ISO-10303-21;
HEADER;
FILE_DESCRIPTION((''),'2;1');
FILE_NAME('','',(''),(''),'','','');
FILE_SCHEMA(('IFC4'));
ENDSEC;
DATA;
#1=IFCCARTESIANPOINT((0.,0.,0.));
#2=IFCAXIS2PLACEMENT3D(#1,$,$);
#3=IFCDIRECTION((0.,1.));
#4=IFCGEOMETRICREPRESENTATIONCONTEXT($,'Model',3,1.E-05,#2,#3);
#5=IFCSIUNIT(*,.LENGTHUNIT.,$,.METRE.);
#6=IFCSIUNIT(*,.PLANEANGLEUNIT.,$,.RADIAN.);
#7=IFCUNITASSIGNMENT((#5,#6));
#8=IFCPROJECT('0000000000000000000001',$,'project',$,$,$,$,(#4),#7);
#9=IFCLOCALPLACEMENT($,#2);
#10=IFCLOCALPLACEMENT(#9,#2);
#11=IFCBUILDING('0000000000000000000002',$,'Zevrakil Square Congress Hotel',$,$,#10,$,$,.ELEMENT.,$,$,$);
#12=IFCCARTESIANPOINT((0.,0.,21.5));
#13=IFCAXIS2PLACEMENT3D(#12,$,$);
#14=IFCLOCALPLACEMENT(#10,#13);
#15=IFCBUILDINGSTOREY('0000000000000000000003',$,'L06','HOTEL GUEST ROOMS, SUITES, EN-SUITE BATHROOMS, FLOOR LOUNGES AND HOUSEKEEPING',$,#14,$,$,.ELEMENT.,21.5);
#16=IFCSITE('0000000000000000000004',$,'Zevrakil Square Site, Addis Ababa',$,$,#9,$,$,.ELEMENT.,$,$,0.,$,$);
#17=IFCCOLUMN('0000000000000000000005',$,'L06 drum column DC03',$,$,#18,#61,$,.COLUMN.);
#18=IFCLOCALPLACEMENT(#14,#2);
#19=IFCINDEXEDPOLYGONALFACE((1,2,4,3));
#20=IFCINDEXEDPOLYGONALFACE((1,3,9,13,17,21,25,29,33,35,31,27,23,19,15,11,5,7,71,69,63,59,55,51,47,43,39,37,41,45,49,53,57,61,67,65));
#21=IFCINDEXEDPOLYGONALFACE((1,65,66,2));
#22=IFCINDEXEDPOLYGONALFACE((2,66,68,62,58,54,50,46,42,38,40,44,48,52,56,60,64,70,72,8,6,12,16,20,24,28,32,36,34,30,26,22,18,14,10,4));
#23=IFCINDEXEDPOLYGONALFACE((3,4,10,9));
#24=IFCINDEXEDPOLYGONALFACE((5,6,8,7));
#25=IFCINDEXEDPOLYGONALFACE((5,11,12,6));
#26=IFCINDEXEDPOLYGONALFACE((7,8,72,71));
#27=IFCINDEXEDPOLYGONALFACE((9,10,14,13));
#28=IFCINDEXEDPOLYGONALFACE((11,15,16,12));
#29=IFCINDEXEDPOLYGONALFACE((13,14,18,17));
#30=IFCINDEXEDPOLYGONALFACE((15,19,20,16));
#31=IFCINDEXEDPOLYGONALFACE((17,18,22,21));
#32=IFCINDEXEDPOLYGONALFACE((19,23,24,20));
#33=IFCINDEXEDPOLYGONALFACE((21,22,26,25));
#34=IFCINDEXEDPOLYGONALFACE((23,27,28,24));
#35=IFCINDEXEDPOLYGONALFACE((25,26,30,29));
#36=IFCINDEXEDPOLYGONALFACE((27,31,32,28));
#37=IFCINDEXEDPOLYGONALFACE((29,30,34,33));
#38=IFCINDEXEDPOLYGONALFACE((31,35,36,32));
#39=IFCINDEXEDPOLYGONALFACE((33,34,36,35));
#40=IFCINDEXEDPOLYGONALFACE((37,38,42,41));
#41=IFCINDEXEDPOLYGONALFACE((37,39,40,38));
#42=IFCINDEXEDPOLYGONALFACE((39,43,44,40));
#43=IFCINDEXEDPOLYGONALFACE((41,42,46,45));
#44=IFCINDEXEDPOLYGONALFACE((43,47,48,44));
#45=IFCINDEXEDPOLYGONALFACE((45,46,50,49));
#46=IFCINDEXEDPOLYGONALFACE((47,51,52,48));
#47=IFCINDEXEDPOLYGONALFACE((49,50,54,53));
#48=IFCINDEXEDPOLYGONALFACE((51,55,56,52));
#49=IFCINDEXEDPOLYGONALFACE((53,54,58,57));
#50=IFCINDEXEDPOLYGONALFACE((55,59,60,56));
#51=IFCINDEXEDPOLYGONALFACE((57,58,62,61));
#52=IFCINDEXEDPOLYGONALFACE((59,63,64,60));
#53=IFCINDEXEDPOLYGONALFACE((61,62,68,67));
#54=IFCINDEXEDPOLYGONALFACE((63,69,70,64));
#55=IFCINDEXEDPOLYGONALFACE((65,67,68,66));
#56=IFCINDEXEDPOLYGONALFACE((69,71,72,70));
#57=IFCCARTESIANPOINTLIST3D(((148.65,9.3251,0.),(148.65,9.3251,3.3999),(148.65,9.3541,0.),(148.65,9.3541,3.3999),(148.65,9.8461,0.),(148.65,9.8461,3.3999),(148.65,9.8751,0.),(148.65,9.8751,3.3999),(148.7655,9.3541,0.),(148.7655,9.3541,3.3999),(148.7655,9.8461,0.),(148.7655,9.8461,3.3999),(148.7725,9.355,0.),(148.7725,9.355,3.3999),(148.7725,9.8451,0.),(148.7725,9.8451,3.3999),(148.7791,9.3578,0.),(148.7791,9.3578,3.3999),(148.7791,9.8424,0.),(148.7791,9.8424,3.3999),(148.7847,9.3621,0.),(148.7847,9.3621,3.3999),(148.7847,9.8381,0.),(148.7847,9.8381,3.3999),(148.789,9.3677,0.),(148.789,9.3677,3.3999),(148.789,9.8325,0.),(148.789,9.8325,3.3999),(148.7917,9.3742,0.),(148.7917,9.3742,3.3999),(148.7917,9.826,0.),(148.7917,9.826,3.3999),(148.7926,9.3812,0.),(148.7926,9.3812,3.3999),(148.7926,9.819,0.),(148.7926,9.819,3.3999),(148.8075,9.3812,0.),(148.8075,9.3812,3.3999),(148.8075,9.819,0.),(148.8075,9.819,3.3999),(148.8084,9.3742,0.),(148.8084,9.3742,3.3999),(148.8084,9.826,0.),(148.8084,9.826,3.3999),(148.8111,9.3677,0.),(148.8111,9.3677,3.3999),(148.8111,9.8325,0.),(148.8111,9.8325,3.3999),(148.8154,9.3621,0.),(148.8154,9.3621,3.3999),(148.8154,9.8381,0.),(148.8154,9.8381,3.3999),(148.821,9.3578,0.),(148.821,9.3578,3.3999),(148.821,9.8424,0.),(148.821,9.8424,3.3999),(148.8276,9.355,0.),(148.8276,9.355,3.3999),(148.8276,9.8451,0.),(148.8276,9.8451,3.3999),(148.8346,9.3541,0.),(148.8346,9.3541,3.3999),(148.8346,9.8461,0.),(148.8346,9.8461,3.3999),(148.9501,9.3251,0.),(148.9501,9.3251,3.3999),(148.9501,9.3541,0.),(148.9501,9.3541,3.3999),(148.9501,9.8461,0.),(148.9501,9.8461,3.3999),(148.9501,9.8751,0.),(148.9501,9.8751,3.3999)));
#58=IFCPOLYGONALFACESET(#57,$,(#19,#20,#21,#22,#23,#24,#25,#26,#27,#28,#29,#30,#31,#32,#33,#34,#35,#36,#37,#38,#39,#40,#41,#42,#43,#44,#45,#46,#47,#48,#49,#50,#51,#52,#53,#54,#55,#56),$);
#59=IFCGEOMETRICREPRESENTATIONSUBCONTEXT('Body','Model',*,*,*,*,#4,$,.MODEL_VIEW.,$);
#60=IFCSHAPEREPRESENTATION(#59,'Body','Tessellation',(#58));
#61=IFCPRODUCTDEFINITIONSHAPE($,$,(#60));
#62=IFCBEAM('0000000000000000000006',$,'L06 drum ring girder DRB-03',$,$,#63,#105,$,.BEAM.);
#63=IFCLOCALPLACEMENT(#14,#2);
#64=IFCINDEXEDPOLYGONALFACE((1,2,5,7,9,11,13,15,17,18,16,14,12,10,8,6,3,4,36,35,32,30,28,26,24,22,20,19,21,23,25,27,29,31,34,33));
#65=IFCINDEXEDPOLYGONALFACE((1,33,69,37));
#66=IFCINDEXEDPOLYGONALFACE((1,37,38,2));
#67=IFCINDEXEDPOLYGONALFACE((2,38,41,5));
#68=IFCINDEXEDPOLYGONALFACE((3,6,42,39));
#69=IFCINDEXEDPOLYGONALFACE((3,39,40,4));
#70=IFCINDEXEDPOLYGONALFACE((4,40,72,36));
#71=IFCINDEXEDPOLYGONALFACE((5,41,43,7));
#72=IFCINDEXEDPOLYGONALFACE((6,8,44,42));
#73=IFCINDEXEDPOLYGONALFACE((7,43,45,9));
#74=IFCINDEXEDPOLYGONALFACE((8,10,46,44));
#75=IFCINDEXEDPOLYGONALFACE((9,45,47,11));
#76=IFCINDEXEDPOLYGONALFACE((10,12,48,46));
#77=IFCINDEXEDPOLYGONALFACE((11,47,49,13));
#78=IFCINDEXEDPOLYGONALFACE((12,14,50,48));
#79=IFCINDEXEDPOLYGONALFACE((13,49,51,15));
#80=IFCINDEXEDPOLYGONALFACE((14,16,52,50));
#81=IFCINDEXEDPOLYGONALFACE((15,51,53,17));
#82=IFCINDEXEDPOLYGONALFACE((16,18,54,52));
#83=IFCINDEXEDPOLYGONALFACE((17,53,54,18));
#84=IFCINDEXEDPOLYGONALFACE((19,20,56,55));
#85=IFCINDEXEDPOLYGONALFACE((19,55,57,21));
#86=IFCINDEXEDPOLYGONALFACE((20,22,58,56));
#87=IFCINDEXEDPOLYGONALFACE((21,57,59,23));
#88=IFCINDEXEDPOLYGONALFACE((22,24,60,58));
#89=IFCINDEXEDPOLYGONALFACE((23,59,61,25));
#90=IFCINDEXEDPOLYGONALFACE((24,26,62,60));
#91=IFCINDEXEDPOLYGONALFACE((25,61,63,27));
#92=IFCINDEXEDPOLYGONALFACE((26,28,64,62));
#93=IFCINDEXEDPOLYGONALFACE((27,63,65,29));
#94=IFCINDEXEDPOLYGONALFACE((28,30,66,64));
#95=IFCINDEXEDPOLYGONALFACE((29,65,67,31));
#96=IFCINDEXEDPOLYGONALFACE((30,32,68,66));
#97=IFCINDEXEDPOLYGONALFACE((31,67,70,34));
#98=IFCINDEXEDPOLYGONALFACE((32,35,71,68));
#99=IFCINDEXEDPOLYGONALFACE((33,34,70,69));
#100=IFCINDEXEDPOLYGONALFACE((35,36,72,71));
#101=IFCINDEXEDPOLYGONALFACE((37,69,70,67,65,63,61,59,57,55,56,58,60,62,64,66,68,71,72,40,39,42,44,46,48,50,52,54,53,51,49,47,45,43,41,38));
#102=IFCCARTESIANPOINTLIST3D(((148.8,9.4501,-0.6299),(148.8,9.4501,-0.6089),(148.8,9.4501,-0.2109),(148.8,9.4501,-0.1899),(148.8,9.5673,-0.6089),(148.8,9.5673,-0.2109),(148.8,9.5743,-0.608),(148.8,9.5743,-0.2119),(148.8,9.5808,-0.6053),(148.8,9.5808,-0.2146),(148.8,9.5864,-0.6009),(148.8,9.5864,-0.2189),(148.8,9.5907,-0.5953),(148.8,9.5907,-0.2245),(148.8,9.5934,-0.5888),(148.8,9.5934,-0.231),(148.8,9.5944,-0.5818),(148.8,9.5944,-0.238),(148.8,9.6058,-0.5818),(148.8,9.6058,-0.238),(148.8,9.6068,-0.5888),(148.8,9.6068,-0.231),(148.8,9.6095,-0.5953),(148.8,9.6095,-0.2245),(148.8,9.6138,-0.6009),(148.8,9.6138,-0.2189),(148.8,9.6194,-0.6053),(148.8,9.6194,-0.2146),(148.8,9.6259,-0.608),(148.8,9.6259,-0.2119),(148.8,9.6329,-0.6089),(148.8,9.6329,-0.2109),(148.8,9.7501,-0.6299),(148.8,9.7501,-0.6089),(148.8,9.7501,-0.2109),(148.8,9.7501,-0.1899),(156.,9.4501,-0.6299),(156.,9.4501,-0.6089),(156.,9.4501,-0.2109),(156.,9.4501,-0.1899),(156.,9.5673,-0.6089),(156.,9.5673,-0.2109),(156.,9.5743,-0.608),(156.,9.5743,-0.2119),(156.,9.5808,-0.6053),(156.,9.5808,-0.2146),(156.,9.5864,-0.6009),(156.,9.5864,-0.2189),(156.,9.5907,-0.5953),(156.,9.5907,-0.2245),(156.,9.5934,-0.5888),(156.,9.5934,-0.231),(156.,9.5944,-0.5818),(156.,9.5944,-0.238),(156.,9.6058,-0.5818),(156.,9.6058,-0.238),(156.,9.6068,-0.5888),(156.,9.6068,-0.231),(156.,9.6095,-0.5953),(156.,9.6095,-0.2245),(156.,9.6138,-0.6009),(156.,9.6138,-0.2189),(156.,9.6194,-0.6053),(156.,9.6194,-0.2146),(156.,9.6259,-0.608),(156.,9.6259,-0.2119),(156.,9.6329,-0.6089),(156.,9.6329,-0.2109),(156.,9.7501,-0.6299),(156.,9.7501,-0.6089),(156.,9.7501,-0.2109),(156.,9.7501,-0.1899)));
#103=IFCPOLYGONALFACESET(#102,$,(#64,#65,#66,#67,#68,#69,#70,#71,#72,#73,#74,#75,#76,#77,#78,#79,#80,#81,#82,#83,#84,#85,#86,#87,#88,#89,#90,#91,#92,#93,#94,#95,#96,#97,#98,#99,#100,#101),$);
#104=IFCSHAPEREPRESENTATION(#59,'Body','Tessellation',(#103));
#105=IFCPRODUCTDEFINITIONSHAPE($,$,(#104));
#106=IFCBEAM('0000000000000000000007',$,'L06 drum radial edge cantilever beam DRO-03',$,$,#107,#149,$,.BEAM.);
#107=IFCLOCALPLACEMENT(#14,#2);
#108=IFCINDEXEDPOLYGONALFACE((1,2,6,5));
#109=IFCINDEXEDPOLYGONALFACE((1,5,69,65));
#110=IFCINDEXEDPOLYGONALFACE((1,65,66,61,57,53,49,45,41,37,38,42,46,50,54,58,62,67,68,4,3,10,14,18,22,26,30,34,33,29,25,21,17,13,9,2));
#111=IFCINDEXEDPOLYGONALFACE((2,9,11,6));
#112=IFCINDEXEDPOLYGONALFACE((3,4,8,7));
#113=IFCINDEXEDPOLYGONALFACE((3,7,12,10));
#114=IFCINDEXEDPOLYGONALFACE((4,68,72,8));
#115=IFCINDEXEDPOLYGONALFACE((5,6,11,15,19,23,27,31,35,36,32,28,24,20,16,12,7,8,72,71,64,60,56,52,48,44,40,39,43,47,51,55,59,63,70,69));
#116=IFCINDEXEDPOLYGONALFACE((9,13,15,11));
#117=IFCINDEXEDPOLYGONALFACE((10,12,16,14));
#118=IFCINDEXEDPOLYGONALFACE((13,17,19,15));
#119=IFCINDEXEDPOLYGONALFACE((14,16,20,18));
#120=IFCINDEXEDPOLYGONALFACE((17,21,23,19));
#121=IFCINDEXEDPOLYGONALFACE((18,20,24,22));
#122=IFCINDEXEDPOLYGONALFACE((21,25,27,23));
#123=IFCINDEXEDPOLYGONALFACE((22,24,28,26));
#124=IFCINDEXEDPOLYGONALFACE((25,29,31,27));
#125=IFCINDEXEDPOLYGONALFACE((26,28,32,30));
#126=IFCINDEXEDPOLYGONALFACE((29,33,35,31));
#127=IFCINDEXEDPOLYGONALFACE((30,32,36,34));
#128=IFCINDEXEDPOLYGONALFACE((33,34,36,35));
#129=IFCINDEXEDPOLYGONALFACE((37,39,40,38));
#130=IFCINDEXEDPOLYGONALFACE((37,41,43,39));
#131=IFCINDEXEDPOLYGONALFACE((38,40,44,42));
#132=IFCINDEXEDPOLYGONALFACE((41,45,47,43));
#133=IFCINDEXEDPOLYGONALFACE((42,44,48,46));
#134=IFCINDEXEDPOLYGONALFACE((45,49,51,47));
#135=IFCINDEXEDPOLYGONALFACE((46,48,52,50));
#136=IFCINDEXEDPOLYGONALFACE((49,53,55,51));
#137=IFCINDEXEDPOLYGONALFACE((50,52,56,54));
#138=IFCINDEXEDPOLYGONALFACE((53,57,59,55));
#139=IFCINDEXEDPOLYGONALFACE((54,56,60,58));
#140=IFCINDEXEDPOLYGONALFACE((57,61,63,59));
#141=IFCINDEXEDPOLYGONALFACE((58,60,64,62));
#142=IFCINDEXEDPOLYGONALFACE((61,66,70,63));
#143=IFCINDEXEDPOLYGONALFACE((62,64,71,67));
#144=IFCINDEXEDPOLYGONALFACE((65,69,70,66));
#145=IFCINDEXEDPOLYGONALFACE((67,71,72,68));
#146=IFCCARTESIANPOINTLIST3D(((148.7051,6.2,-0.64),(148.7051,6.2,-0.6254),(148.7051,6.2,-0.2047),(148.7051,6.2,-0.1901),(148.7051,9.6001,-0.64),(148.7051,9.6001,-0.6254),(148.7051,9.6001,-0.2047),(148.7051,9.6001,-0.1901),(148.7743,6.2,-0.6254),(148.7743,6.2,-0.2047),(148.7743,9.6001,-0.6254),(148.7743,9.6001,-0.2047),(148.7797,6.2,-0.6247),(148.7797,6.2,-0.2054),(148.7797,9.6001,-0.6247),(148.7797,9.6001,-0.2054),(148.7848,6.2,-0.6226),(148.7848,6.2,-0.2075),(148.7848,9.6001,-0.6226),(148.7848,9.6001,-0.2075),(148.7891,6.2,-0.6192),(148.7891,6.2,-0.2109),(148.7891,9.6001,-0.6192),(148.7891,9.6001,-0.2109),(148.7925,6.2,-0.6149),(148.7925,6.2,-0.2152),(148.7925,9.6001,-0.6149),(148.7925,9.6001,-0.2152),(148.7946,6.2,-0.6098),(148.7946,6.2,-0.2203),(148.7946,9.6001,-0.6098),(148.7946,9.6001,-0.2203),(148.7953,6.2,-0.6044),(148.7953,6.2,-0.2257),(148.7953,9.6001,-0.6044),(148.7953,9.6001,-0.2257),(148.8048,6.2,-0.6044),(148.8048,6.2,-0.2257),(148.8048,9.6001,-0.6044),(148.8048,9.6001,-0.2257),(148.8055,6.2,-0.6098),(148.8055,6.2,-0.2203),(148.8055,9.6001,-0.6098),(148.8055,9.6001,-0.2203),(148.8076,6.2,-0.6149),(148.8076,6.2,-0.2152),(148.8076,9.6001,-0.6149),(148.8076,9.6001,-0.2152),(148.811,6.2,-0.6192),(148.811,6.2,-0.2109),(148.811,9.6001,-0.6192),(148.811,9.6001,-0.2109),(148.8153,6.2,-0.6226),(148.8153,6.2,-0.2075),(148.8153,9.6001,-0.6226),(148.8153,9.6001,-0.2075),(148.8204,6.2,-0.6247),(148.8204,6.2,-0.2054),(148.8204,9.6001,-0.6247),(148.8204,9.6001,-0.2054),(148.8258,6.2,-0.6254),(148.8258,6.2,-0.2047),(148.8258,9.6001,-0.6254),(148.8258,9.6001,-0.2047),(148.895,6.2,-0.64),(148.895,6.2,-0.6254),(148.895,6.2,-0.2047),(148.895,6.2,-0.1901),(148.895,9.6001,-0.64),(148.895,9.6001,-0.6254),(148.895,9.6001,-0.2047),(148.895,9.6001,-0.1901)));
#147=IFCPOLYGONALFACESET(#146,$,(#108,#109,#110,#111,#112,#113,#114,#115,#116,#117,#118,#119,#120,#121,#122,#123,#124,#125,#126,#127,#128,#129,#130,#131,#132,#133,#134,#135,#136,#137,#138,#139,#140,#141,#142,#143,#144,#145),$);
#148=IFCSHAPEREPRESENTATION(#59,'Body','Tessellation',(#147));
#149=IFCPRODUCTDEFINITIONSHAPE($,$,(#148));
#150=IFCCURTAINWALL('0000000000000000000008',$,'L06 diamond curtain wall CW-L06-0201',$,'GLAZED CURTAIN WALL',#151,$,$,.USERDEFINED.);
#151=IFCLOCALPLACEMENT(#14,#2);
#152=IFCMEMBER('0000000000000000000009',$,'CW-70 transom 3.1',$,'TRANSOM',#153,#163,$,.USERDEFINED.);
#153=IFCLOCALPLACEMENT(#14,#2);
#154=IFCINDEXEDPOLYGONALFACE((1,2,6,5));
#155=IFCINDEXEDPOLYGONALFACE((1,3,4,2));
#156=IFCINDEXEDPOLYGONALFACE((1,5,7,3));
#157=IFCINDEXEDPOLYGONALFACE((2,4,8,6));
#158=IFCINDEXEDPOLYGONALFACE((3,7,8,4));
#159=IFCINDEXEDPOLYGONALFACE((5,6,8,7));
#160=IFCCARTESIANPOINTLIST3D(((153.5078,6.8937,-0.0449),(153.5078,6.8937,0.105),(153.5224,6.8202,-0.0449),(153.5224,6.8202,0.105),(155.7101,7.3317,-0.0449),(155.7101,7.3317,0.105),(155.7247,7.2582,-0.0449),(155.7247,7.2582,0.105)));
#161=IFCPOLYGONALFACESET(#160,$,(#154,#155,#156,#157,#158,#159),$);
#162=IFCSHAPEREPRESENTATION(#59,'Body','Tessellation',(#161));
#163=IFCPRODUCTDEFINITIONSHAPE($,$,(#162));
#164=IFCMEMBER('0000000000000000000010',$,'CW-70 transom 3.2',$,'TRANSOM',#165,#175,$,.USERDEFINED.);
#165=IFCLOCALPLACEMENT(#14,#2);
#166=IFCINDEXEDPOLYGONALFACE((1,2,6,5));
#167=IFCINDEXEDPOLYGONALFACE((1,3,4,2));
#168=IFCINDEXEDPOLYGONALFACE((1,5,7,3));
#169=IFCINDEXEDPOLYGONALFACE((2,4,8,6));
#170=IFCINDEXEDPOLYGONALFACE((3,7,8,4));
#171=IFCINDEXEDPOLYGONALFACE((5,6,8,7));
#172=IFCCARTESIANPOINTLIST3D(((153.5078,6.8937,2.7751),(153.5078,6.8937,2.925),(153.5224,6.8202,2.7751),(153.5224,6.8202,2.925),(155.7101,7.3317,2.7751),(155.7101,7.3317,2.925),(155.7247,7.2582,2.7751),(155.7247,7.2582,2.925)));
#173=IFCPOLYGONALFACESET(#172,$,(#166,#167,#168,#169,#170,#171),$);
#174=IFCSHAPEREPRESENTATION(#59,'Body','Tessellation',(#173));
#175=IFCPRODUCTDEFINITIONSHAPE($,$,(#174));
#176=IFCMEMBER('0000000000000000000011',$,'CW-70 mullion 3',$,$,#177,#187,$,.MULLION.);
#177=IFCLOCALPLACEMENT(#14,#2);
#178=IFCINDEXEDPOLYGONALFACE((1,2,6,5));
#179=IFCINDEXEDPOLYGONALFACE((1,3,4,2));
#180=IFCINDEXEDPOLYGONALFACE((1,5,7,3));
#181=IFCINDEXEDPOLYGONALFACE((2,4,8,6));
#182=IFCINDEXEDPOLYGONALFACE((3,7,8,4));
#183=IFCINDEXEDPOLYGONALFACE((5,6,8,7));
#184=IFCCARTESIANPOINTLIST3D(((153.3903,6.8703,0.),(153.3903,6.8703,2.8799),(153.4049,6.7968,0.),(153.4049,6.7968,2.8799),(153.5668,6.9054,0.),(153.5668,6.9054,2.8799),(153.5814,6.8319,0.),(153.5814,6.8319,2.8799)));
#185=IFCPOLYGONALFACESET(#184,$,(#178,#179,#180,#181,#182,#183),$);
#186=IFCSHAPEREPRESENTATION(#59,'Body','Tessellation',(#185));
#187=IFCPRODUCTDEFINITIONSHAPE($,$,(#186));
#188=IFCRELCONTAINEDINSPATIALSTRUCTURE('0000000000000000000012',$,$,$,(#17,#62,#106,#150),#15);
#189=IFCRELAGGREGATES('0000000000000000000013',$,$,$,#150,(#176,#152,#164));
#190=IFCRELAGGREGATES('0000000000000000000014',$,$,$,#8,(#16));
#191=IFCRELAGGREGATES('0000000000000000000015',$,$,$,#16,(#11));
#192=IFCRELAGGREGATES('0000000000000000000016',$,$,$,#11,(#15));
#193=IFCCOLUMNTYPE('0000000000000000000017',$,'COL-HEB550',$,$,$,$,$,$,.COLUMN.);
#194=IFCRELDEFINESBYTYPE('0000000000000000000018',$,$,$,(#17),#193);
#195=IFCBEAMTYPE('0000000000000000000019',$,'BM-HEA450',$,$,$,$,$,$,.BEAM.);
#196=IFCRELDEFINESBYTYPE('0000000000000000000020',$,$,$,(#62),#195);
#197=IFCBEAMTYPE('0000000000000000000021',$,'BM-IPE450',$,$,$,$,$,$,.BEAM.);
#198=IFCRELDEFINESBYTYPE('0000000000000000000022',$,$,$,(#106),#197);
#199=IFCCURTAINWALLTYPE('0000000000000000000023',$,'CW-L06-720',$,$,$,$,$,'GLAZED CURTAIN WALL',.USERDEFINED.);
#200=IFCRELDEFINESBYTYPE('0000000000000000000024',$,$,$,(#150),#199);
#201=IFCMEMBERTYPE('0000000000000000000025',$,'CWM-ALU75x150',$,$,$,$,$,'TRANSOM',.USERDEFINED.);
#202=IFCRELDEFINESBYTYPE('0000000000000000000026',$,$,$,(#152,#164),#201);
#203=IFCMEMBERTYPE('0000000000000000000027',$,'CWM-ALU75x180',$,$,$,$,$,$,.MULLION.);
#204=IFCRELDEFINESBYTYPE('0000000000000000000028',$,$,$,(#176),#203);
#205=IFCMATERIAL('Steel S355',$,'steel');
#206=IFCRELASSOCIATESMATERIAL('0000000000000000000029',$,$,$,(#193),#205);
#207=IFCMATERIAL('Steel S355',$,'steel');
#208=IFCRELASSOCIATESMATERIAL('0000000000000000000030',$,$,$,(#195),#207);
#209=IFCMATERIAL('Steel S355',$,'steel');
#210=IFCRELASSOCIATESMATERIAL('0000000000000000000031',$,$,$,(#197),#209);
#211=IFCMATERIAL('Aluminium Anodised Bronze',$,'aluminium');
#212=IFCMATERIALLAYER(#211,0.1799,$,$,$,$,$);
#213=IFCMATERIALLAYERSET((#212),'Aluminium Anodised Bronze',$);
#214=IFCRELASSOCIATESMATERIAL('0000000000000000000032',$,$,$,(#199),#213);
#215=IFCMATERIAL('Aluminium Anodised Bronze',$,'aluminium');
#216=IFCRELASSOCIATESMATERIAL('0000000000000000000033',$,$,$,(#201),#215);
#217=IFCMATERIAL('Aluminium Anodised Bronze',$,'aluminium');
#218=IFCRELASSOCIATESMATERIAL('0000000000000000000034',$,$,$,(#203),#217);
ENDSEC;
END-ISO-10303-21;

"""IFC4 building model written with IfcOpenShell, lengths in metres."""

from ifc_helpers import new_model, si_unit, direction, frame, origin, origin_2d, place, context, subcontext, project, spatial, rectangle, i_section, extrude, material, layer, layer_set, material_profile, profile_set, type_object, element, aggregate, save


model = new_model("IFC4")

# Units and contexts
model_context = context("Model", 3, precision=1e-05, world=origin(), true_north=direction((0.0, 1.0)))
body_context = subcontext(model_context, "Body", "Model", "MODEL_VIEW")
ifc_project = project(units=[si_unit("LENGTHUNIT", "METRE"), si_unit("PLANEANGLEUNIT", "RADIAN")], contexts=[model_context])

# Site, building, storey
site_placement = place(None, origin())
site = spatial("IfcSite", under=ifc_project, at=site_placement, Name="Zevrakil Square Site, Addis Ababa", CompositionType="ELEMENT", RefElevation=0.0)
building_placement = place(site_placement, origin())
building = spatial("IfcBuilding", under=site, at=building_placement, Name="Zevrakil Square Congress Hotel", CompositionType="ELEMENT")
storey_placement = place(building_placement, frame((0.0, 0.0, 21.5)))
storey = spatial("IfcBuildingStorey", under=building, at=storey_placement, Name="L06", Description="HOTEL GUEST ROOMS, SUITES, EN-SUITE BATHROOMS, FLOOR LOUNGES AND HOUSEKEEPING", CompositionType="ELEMENT", Elevation=21.5)

# Column
ifc_material_1 = material(Name="Steel S355", Category="steel")
ifc_material_profile_1 = material_profile(ifc_material_1, i_section(OverallWidth=0.3, OverallDepth=0.55, WebThickness=0.0149, FlangeThickness=0.0291, FilletRadius=0.0271, at=origin_2d()), Name="HEB 550")
ifc_profile_set_1 = profile_set([ifc_material_profile_1], Name="Steel S355")
column_type = type_object("IfcColumnType", Name="COL-HEB550", PredefinedType="COLUMN", material=ifc_profile_set_1)
column_placement = place(storey_placement, frame((148.8, 9.6001, 0.0), z_axis=(0.0, 0.0, 1.0), x_axis=(1.0, 0.0, 0.0)))
element("IfcColumn", 1, at=column_placement, inside=storey, type_object=column_type, Name="L06 drum column DC03", PredefinedType="COLUMN", context=body_context, shape_type="SweptSolid", body=[
    extrude(i_section(OverallWidth=0.3, OverallDepth=0.55, WebThickness=0.0149, FlangeThickness=0.0291, FilletRadius=0.0271, at=origin_2d()), origin(), (0.0, 0.0, 1.0), 3.3999),
])

# Beams
ifc_material_2 = material(Name="Steel S355", Category="steel")
ifc_material_profile_2 = material_profile(ifc_material_2, i_section(OverallWidth=0.3, OverallDepth=0.4399, WebThickness=0.0115, FlangeThickness=0.021, FilletRadius=0.0271, at=origin_2d()), Name="HEA 450")
ifc_profile_set_2 = profile_set([ifc_material_profile_2], Name="Steel S355")
beam_type_1 = type_object("IfcBeamType", Name="BM-HEA450", PredefinedType="BEAM", material=ifc_profile_set_2)
beam_1_placement = place(storey_placement, frame((148.8, 9.6001, -0.4099), z_axis=(1.0, 0.0, 0.0), x_axis=(0.0, 1.0, 0.0)))
element("IfcBeam", 2, at=beam_1_placement, inside=storey, type_object=beam_type_1, Name="L06 drum ring girder DRB-03", PredefinedType="BEAM", context=body_context, shape_type="SweptSolid", body=[
    extrude(i_section(OverallWidth=0.3, OverallDepth=0.4399, WebThickness=0.0115, FlangeThickness=0.021, FilletRadius=0.0271, at=origin_2d()), origin(), (0.0, 0.0, 1.0), 7.2),
])
ifc_material_3 = material(Name="Steel S355", Category="steel")
ifc_material_profile_3 = material_profile(ifc_material_3, i_section(OverallWidth=0.1899, OverallDepth=0.45, WebThickness=0.0095, FlangeThickness=0.0146, FilletRadius=0.021, at=origin_2d()), Name="IPE 450")
ifc_profile_set_3 = profile_set([ifc_material_profile_3], Name="Steel S355")
beam_type_2 = type_object("IfcBeamType", Name="BM-IPE450", PredefinedType="BEAM", material=ifc_profile_set_3)
beam_2_placement = place(storey_placement, frame((148.8, 9.6001, -0.415), z_axis=(0.0, -1.0, 0.0), x_axis=(1.0, 0.0, 0.0)))
element("IfcBeam", 3, at=beam_2_placement, inside=storey, type_object=beam_type_2, Name="L06 drum radial edge cantilever beam DRO-03", PredefinedType="BEAM", context=body_context, shape_type="SweptSolid", body=[
    extrude(i_section(OverallWidth=0.1899, OverallDepth=0.45, WebThickness=0.0095, FlangeThickness=0.0146, FilletRadius=0.021, at=origin_2d()), origin(), (0.0, 0.0, 1.0), 3.4001),
])

# Curtain wall, members
ifc_material_4 = material(Name="Aluminium Anodised Bronze", Category="aluminium")
ifc_layer_1 = layer(ifc_material_4, 0.1799)
ifc_layer_set_1 = layer_set([ifc_layer_1], Name="Aluminium Anodised Bronze")
curtain_wall_type = type_object("IfcCurtainWallType", Name="CW-L06-720", ElementType="GLAZED CURTAIN WALL", PredefinedType="USERDEFINED", material=ifc_layer_set_1)
curtain_wall_placement = place(storey_placement, origin())
curtain_wall = element("IfcCurtainWall", 4, at=curtain_wall_placement, inside=storey, type_object=curtain_wall_type, Name="L06 diamond curtain wall CW-L06-0201", ObjectType="GLAZED CURTAIN WALL", PredefinedType="USERDEFINED")
ifc_material_5 = material(Name="Aluminium Anodised Bronze", Category="aluminium")
ifc_material_profile_4 = material_profile(ifc_material_5, rectangle(XDim=0.075, YDim=0.1499, at=origin_2d()), Name="ALU 75x150")
ifc_profile_set_4 = profile_set([ifc_material_profile_4], Name="Aluminium Anodised Bronze")
member_type_1 = type_object("IfcMemberType", Name="CWM-ALU75x150", ElementType="TRANSOM", PredefinedType="USERDEFINED", material=ifc_profile_set_4)
member_1_placement = place(storey_placement, frame((153.5151, 6.8569, 0.03), z_axis=(0.980789, 0.19507, 0.0), x_axis=(-0.19507, 0.980789, 0.0)))
member_1 = element("IfcMember", 5, at=member_1_placement, type_object=member_type_1, Name="CW-70 transom 3.1", ObjectType="TRANSOM", PredefinedType="USERDEFINED", context=body_context, shape_type="SweptSolid", body=[
    extrude(rectangle(XDim=0.075, YDim=0.1499, at=origin_2d()), origin(), (0.0, 0.0, 1.0), 2.2454),
])
member_2_placement = place(storey_placement, frame((153.5151, 6.8569, 2.8501), z_axis=(0.980789, 0.19507, 0.0), x_axis=(-0.19507, 0.980789, 0.0)))
member_2 = element("IfcMember", 6, at=member_2_placement, type_object=member_type_1, Name="CW-70 transom 3.2", ObjectType="TRANSOM", PredefinedType="USERDEFINED", context=body_context, shape_type="SweptSolid", body=[
    extrude(rectangle(XDim=0.075, YDim=0.1499, at=origin_2d()), origin(), (0.0, 0.0, 1.0), 2.2454),
])
ifc_material_6 = material(Name="Aluminium Anodised Bronze", Category="aluminium")
ifc_material_profile_5 = material_profile(ifc_material_6, rectangle(XDim=0.075, YDim=0.1799, at=origin_2d()), Name="ALU 75x180")
ifc_profile_set_5 = profile_set([ifc_material_profile_5], Name="Aluminium Anodised Bronze")
member_type_2 = type_object("IfcMemberType", Name="CWM-ALU75x180", PredefinedType="MULLION", material=ifc_profile_set_5)
member_3_placement = place(storey_placement, frame((153.4858, 6.8511, 0.0), z_axis=(0.0, 0.0, 1.0), x_axis=(-0.195084, 0.980787, 0.0)))
member_3 = element("IfcMember", 7, at=member_3_placement, type_object=member_type_2, Name="CW-70 mullion 3", PredefinedType="MULLION", context=body_context, shape_type="SweptSolid", body=[
    extrude(rectangle(XDim=0.075, YDim=0.1799, at=origin_2d()), origin(), (0.0, 0.0, 1.0), 2.8799),
])
aggregate(curtain_wall, [member_3, member_1, member_2])

save(model, "model.ifc")
